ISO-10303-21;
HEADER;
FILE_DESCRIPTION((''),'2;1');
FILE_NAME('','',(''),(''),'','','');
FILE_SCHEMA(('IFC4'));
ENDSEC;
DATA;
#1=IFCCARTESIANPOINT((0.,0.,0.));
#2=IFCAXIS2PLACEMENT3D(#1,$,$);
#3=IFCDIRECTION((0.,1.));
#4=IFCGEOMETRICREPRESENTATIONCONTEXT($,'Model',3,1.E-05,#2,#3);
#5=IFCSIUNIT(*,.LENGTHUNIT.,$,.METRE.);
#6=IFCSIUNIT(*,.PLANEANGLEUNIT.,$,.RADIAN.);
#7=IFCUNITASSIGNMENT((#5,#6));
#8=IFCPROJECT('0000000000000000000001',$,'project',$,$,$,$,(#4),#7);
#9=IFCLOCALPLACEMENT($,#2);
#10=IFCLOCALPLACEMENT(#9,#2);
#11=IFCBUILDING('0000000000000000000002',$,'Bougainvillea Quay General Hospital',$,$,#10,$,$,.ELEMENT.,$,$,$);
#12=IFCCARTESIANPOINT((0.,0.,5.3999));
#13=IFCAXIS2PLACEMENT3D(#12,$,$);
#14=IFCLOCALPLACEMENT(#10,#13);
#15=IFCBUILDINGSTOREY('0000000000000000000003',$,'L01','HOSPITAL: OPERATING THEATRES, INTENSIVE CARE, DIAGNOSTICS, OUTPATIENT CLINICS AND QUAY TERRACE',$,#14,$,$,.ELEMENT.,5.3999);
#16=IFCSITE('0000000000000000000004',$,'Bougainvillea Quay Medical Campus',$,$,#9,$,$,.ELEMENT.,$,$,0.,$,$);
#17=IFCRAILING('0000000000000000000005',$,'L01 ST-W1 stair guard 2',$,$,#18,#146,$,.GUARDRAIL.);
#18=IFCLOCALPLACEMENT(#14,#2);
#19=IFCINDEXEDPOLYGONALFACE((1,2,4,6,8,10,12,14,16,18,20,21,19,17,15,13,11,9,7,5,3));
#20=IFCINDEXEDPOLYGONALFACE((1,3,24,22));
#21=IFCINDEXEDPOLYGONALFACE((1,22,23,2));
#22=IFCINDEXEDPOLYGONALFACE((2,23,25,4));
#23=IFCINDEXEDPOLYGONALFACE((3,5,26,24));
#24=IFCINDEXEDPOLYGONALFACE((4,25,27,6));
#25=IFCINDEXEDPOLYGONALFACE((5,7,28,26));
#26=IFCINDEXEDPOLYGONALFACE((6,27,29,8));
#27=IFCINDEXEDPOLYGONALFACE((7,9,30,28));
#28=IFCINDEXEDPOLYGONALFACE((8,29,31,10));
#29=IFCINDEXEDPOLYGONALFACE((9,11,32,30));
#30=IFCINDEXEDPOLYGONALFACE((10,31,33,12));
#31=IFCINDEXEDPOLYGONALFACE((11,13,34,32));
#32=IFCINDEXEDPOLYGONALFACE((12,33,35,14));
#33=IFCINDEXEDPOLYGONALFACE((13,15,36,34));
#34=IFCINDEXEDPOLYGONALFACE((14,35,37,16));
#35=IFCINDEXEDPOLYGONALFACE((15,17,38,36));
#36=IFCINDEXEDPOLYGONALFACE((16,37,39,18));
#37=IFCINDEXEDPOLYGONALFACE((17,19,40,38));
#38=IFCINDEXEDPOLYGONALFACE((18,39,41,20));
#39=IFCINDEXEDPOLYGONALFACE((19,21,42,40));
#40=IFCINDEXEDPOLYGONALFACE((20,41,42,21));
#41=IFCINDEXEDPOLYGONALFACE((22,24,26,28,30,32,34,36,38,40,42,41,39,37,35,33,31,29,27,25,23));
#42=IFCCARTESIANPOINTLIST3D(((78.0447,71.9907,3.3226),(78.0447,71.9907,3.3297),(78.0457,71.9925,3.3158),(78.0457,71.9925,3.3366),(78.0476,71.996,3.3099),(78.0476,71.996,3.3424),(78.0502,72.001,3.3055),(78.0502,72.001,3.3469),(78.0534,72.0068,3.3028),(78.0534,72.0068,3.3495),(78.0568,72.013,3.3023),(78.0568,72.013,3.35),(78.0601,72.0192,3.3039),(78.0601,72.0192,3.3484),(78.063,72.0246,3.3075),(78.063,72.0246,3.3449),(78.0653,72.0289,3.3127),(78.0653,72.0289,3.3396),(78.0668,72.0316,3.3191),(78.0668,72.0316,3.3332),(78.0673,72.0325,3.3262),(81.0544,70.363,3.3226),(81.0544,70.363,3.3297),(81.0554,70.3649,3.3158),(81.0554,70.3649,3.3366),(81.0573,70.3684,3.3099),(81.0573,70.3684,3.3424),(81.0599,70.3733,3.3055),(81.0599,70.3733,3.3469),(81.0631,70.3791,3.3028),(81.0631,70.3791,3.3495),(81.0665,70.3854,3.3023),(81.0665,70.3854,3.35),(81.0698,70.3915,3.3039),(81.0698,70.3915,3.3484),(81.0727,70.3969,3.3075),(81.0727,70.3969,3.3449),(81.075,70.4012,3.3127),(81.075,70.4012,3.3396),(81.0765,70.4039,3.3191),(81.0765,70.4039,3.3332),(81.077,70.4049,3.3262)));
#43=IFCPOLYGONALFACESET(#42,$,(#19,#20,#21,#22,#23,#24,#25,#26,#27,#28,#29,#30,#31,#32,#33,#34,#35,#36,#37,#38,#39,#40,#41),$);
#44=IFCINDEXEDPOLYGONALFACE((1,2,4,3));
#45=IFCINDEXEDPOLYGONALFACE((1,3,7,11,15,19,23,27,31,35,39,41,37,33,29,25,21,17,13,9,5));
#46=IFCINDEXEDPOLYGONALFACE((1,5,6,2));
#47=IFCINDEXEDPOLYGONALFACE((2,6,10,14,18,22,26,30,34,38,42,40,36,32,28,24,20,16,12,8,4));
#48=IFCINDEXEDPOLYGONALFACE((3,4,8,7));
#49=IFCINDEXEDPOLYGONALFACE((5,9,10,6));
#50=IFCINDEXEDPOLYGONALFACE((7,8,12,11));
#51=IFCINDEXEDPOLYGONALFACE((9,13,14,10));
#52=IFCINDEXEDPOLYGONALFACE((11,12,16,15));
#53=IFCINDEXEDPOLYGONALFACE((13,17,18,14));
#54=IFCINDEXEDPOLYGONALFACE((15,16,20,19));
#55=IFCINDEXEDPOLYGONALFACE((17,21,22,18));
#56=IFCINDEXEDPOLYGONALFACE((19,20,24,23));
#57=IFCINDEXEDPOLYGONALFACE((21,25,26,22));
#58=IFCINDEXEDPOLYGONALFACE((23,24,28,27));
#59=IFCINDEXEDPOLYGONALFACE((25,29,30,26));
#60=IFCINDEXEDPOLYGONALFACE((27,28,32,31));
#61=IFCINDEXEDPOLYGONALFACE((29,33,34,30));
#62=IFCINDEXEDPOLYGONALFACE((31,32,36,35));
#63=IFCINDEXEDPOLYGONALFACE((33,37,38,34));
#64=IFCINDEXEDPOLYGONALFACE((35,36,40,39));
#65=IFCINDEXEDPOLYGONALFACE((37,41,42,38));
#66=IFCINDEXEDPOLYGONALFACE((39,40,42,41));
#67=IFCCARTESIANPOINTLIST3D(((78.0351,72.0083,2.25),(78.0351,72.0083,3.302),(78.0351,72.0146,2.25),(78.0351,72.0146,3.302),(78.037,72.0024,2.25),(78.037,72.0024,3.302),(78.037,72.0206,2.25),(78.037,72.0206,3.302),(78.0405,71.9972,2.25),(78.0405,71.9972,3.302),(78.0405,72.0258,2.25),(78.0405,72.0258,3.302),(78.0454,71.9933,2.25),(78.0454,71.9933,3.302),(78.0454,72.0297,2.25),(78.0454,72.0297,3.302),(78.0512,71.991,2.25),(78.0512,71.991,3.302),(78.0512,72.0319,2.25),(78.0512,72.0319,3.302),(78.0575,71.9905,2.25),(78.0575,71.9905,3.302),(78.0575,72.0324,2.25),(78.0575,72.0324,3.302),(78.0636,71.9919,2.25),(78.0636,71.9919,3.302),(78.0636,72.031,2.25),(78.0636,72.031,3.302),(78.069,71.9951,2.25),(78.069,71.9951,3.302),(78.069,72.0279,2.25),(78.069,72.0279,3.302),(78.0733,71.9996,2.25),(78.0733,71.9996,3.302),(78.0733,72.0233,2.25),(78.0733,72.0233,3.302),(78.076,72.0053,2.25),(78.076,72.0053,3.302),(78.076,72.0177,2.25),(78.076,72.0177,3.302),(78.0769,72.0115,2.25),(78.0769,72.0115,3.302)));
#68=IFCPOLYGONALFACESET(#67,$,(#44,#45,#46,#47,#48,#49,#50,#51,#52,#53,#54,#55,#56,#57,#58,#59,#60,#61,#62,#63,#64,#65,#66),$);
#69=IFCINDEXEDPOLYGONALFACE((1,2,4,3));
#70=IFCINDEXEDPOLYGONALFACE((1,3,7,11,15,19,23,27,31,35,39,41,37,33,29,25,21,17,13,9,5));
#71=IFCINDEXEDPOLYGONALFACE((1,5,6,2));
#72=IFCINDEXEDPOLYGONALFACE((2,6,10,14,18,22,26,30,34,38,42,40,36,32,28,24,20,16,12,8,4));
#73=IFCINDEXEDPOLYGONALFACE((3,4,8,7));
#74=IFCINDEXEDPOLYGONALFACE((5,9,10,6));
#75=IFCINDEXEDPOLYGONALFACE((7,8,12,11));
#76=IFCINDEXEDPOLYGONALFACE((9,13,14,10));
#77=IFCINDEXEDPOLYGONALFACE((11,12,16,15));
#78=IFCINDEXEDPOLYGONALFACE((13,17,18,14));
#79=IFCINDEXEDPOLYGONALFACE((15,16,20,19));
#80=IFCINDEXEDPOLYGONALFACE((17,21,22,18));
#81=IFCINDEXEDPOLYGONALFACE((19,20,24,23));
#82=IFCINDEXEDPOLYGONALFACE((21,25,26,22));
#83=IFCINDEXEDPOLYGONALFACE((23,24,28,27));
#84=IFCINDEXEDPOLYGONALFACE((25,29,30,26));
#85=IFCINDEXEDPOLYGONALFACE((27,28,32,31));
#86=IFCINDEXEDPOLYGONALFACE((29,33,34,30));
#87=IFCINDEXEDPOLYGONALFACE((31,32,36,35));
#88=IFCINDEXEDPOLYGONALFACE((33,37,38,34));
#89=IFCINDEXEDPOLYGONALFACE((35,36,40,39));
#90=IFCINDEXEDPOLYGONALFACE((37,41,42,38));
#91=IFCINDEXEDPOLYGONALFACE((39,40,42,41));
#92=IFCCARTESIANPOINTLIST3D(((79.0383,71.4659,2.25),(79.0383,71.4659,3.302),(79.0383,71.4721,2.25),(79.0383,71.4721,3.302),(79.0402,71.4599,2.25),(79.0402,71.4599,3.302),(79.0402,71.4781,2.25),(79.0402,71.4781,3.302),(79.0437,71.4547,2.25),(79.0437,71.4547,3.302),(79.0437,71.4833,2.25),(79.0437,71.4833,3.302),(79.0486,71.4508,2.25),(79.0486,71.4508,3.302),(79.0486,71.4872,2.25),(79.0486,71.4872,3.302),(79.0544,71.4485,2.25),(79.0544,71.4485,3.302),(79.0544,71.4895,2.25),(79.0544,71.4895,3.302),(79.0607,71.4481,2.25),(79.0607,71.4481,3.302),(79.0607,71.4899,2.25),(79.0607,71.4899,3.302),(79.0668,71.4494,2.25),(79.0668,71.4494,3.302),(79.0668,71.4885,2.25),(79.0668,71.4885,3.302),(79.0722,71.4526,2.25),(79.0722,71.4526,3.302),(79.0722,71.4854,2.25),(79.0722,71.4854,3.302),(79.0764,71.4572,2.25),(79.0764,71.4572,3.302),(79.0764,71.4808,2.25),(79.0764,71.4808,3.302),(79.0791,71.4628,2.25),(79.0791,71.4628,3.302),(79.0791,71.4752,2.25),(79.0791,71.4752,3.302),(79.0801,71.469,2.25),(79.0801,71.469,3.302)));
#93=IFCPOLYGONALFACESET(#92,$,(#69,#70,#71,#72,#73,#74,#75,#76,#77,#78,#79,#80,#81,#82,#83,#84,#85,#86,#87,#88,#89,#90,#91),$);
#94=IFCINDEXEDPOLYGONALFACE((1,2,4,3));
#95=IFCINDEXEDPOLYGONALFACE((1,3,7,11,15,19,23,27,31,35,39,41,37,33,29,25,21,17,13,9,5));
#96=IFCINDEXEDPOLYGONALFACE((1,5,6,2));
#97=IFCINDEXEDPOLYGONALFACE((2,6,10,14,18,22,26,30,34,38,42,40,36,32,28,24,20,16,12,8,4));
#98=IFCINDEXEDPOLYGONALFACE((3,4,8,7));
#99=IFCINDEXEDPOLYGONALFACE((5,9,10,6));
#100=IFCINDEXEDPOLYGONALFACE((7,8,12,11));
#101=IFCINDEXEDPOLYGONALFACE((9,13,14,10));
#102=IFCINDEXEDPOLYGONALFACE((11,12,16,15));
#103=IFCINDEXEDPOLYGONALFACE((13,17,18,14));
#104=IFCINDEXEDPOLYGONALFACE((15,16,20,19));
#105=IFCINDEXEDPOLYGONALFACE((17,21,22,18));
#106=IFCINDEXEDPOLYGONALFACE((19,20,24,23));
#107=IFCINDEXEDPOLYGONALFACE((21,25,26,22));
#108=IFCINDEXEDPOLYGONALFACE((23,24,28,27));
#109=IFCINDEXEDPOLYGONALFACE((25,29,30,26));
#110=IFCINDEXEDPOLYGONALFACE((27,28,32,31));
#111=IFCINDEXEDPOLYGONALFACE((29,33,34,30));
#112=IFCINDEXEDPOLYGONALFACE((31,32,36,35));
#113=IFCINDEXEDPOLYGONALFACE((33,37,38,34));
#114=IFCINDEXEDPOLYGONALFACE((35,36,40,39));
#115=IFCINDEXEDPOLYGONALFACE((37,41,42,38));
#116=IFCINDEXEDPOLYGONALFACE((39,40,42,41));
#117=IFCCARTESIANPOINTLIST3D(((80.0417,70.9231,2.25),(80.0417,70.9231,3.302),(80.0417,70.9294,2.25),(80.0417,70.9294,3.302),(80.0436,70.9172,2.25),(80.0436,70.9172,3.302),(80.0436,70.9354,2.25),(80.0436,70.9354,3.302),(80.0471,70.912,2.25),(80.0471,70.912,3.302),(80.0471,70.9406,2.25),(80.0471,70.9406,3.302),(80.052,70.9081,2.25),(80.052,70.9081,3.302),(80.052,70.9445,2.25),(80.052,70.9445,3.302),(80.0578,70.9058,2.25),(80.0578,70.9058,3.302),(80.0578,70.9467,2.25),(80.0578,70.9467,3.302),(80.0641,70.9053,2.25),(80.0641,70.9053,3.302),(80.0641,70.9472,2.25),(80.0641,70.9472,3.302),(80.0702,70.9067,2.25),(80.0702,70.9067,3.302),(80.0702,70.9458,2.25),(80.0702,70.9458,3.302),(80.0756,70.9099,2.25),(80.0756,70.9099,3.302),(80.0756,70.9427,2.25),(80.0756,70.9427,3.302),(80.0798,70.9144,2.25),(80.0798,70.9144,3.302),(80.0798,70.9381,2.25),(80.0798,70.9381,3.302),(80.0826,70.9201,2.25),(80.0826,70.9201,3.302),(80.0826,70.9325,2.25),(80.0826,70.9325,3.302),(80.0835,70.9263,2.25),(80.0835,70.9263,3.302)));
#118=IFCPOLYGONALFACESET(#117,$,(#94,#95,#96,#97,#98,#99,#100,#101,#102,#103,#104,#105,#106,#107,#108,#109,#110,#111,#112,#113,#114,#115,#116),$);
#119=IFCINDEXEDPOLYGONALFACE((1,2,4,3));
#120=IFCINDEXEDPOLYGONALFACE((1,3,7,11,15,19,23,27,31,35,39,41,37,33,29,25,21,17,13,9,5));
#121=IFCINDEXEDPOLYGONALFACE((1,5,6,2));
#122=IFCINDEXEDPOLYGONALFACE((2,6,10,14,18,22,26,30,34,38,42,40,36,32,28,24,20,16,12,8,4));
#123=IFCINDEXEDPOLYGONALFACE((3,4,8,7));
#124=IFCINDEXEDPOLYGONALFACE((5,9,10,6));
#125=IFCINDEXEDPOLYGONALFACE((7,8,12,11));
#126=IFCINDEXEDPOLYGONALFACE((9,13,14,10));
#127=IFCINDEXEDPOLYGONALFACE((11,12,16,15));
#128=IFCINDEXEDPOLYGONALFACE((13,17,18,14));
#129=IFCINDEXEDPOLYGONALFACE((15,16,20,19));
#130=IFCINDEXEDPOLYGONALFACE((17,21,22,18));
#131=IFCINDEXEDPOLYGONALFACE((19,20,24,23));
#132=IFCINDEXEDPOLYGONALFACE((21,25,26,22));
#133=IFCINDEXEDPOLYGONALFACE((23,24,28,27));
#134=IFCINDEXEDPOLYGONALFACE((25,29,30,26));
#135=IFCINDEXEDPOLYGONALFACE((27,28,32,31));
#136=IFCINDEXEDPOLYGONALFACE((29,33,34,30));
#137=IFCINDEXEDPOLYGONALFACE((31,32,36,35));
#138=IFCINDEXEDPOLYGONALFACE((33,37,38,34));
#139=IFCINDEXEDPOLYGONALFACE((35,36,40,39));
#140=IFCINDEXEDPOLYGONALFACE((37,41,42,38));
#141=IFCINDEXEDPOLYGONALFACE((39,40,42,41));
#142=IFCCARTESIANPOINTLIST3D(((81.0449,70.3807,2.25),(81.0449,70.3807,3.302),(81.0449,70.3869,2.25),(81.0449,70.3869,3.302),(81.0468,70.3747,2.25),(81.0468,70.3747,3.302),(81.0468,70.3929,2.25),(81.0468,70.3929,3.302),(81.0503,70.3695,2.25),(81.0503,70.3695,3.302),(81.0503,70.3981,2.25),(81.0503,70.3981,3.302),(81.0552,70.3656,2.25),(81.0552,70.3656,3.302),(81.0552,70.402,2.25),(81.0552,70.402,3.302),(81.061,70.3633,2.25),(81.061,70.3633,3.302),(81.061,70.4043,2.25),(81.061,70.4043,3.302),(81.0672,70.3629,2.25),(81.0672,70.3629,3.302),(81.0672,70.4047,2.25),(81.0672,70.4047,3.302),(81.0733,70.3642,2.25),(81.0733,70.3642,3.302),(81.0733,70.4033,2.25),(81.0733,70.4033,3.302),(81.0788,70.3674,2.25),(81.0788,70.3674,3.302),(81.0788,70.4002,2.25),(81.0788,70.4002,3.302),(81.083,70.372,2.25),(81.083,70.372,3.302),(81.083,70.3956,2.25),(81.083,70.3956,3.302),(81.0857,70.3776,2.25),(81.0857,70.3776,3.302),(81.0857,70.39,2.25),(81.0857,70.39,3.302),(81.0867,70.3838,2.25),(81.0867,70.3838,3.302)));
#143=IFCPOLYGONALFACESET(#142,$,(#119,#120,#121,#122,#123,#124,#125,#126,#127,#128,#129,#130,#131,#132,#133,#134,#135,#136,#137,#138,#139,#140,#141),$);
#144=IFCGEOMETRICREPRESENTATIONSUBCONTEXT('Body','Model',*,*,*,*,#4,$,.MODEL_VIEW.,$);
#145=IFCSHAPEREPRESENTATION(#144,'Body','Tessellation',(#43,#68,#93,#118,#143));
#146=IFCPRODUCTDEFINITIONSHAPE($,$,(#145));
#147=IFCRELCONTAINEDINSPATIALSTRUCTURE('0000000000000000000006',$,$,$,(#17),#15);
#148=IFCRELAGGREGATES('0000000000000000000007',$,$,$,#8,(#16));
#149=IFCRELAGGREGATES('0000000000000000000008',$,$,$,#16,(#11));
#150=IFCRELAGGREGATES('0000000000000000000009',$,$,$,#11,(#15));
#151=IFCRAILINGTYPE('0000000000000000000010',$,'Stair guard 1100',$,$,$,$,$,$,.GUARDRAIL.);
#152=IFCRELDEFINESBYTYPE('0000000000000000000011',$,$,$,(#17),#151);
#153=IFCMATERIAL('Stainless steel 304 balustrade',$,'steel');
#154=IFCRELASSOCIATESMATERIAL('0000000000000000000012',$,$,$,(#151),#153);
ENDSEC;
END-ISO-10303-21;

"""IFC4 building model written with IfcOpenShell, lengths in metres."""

from ifc_helpers import new_model, si_unit, direction, frame, origin, origin_2d, place, context, subcontext, project, spatial, circle, extrude, material, type_object, element, save


model = new_model("IFC4")

# Units and contexts
model_context = context("Model", 3, precision=1e-05, world=origin(), true_north=direction((0.0, 1.0)))
body_context = subcontext(model_context, "Body", "Model", "MODEL_VIEW")
ifc_project = project(units=[si_unit("LENGTHUNIT", "METRE"), si_unit("PLANEANGLEUNIT", "RADIAN")], contexts=[model_context])

# Site, building, storey
site_placement = place(None, origin())
site = spatial("IfcSite", under=ifc_project, at=site_placement, Name="Bougainvillea Quay Medical Campus", CompositionType="ELEMENT", RefElevation=0.0)
building_placement = place(site_placement, origin())
building = spatial("IfcBuilding", under=site, at=building_placement, Name="Bougainvillea Quay General Hospital", CompositionType="ELEMENT")
storey_placement = place(building_placement, frame((0.0, 0.0, 5.3999)))
storey = spatial("IfcBuildingStorey", under=building, at=storey_placement, Name="L01", Description="HOSPITAL: OPERATING THEATRES, INTENSIVE CARE, DIAGNOSTICS, OUTPATIENT CLINICS AND QUAY TERRACE", CompositionType="ELEMENT", Elevation=5.3999)

# Railing
ifc_material_1 = material(Name="Stainless steel 304 balustrade", Category="steel")
railing_type_1 = type_object("IfcRailingType", Name="Stair guard 1100", PredefinedType="GUARDRAIL", material=ifc_material_1)
railing_1_placement = place(storey_placement, frame((78.0559, 72.0115, 2.25)))
element("IfcRailing", 1, at=railing_1_placement, inside=storey, type_object=railing_type_1, Name="L01 ST-W1 stair guard 2", PredefinedType="GUARDRAIL", context=body_context, shape_type="SweptSolid", body=[
    extrude(circle(Radius=0.0239, at=origin_2d()), frame((0.0, 0.0, 1.0762), z_axis=(0.879611, -0.475695, 0.0), x_axis=(0.475695, 0.879611, 0.0)), (0.0, 0.0, 1.0), 3.4216),
    extrude(circle(Radius=0.021, at=origin_2d()), origin(), (0.0, 0.0, 1.0), 1.052),
    extrude(circle(Radius=0.021, at=origin_2d()), frame((1.0032, -0.5425, 0.0)), (0.0, 0.0, 1.0), 1.052),
    extrude(circle(Radius=0.021, at=origin_2d()), frame((2.0066, -1.0852, 0.0)), (0.0, 0.0, 1.0), 1.052),
    extrude(circle(Radius=0.021, at=origin_2d()), frame((3.0098, -1.6277, 0.0)), (0.0, 0.0, 1.0), 1.052),
])

save(model, "model.ifc")
